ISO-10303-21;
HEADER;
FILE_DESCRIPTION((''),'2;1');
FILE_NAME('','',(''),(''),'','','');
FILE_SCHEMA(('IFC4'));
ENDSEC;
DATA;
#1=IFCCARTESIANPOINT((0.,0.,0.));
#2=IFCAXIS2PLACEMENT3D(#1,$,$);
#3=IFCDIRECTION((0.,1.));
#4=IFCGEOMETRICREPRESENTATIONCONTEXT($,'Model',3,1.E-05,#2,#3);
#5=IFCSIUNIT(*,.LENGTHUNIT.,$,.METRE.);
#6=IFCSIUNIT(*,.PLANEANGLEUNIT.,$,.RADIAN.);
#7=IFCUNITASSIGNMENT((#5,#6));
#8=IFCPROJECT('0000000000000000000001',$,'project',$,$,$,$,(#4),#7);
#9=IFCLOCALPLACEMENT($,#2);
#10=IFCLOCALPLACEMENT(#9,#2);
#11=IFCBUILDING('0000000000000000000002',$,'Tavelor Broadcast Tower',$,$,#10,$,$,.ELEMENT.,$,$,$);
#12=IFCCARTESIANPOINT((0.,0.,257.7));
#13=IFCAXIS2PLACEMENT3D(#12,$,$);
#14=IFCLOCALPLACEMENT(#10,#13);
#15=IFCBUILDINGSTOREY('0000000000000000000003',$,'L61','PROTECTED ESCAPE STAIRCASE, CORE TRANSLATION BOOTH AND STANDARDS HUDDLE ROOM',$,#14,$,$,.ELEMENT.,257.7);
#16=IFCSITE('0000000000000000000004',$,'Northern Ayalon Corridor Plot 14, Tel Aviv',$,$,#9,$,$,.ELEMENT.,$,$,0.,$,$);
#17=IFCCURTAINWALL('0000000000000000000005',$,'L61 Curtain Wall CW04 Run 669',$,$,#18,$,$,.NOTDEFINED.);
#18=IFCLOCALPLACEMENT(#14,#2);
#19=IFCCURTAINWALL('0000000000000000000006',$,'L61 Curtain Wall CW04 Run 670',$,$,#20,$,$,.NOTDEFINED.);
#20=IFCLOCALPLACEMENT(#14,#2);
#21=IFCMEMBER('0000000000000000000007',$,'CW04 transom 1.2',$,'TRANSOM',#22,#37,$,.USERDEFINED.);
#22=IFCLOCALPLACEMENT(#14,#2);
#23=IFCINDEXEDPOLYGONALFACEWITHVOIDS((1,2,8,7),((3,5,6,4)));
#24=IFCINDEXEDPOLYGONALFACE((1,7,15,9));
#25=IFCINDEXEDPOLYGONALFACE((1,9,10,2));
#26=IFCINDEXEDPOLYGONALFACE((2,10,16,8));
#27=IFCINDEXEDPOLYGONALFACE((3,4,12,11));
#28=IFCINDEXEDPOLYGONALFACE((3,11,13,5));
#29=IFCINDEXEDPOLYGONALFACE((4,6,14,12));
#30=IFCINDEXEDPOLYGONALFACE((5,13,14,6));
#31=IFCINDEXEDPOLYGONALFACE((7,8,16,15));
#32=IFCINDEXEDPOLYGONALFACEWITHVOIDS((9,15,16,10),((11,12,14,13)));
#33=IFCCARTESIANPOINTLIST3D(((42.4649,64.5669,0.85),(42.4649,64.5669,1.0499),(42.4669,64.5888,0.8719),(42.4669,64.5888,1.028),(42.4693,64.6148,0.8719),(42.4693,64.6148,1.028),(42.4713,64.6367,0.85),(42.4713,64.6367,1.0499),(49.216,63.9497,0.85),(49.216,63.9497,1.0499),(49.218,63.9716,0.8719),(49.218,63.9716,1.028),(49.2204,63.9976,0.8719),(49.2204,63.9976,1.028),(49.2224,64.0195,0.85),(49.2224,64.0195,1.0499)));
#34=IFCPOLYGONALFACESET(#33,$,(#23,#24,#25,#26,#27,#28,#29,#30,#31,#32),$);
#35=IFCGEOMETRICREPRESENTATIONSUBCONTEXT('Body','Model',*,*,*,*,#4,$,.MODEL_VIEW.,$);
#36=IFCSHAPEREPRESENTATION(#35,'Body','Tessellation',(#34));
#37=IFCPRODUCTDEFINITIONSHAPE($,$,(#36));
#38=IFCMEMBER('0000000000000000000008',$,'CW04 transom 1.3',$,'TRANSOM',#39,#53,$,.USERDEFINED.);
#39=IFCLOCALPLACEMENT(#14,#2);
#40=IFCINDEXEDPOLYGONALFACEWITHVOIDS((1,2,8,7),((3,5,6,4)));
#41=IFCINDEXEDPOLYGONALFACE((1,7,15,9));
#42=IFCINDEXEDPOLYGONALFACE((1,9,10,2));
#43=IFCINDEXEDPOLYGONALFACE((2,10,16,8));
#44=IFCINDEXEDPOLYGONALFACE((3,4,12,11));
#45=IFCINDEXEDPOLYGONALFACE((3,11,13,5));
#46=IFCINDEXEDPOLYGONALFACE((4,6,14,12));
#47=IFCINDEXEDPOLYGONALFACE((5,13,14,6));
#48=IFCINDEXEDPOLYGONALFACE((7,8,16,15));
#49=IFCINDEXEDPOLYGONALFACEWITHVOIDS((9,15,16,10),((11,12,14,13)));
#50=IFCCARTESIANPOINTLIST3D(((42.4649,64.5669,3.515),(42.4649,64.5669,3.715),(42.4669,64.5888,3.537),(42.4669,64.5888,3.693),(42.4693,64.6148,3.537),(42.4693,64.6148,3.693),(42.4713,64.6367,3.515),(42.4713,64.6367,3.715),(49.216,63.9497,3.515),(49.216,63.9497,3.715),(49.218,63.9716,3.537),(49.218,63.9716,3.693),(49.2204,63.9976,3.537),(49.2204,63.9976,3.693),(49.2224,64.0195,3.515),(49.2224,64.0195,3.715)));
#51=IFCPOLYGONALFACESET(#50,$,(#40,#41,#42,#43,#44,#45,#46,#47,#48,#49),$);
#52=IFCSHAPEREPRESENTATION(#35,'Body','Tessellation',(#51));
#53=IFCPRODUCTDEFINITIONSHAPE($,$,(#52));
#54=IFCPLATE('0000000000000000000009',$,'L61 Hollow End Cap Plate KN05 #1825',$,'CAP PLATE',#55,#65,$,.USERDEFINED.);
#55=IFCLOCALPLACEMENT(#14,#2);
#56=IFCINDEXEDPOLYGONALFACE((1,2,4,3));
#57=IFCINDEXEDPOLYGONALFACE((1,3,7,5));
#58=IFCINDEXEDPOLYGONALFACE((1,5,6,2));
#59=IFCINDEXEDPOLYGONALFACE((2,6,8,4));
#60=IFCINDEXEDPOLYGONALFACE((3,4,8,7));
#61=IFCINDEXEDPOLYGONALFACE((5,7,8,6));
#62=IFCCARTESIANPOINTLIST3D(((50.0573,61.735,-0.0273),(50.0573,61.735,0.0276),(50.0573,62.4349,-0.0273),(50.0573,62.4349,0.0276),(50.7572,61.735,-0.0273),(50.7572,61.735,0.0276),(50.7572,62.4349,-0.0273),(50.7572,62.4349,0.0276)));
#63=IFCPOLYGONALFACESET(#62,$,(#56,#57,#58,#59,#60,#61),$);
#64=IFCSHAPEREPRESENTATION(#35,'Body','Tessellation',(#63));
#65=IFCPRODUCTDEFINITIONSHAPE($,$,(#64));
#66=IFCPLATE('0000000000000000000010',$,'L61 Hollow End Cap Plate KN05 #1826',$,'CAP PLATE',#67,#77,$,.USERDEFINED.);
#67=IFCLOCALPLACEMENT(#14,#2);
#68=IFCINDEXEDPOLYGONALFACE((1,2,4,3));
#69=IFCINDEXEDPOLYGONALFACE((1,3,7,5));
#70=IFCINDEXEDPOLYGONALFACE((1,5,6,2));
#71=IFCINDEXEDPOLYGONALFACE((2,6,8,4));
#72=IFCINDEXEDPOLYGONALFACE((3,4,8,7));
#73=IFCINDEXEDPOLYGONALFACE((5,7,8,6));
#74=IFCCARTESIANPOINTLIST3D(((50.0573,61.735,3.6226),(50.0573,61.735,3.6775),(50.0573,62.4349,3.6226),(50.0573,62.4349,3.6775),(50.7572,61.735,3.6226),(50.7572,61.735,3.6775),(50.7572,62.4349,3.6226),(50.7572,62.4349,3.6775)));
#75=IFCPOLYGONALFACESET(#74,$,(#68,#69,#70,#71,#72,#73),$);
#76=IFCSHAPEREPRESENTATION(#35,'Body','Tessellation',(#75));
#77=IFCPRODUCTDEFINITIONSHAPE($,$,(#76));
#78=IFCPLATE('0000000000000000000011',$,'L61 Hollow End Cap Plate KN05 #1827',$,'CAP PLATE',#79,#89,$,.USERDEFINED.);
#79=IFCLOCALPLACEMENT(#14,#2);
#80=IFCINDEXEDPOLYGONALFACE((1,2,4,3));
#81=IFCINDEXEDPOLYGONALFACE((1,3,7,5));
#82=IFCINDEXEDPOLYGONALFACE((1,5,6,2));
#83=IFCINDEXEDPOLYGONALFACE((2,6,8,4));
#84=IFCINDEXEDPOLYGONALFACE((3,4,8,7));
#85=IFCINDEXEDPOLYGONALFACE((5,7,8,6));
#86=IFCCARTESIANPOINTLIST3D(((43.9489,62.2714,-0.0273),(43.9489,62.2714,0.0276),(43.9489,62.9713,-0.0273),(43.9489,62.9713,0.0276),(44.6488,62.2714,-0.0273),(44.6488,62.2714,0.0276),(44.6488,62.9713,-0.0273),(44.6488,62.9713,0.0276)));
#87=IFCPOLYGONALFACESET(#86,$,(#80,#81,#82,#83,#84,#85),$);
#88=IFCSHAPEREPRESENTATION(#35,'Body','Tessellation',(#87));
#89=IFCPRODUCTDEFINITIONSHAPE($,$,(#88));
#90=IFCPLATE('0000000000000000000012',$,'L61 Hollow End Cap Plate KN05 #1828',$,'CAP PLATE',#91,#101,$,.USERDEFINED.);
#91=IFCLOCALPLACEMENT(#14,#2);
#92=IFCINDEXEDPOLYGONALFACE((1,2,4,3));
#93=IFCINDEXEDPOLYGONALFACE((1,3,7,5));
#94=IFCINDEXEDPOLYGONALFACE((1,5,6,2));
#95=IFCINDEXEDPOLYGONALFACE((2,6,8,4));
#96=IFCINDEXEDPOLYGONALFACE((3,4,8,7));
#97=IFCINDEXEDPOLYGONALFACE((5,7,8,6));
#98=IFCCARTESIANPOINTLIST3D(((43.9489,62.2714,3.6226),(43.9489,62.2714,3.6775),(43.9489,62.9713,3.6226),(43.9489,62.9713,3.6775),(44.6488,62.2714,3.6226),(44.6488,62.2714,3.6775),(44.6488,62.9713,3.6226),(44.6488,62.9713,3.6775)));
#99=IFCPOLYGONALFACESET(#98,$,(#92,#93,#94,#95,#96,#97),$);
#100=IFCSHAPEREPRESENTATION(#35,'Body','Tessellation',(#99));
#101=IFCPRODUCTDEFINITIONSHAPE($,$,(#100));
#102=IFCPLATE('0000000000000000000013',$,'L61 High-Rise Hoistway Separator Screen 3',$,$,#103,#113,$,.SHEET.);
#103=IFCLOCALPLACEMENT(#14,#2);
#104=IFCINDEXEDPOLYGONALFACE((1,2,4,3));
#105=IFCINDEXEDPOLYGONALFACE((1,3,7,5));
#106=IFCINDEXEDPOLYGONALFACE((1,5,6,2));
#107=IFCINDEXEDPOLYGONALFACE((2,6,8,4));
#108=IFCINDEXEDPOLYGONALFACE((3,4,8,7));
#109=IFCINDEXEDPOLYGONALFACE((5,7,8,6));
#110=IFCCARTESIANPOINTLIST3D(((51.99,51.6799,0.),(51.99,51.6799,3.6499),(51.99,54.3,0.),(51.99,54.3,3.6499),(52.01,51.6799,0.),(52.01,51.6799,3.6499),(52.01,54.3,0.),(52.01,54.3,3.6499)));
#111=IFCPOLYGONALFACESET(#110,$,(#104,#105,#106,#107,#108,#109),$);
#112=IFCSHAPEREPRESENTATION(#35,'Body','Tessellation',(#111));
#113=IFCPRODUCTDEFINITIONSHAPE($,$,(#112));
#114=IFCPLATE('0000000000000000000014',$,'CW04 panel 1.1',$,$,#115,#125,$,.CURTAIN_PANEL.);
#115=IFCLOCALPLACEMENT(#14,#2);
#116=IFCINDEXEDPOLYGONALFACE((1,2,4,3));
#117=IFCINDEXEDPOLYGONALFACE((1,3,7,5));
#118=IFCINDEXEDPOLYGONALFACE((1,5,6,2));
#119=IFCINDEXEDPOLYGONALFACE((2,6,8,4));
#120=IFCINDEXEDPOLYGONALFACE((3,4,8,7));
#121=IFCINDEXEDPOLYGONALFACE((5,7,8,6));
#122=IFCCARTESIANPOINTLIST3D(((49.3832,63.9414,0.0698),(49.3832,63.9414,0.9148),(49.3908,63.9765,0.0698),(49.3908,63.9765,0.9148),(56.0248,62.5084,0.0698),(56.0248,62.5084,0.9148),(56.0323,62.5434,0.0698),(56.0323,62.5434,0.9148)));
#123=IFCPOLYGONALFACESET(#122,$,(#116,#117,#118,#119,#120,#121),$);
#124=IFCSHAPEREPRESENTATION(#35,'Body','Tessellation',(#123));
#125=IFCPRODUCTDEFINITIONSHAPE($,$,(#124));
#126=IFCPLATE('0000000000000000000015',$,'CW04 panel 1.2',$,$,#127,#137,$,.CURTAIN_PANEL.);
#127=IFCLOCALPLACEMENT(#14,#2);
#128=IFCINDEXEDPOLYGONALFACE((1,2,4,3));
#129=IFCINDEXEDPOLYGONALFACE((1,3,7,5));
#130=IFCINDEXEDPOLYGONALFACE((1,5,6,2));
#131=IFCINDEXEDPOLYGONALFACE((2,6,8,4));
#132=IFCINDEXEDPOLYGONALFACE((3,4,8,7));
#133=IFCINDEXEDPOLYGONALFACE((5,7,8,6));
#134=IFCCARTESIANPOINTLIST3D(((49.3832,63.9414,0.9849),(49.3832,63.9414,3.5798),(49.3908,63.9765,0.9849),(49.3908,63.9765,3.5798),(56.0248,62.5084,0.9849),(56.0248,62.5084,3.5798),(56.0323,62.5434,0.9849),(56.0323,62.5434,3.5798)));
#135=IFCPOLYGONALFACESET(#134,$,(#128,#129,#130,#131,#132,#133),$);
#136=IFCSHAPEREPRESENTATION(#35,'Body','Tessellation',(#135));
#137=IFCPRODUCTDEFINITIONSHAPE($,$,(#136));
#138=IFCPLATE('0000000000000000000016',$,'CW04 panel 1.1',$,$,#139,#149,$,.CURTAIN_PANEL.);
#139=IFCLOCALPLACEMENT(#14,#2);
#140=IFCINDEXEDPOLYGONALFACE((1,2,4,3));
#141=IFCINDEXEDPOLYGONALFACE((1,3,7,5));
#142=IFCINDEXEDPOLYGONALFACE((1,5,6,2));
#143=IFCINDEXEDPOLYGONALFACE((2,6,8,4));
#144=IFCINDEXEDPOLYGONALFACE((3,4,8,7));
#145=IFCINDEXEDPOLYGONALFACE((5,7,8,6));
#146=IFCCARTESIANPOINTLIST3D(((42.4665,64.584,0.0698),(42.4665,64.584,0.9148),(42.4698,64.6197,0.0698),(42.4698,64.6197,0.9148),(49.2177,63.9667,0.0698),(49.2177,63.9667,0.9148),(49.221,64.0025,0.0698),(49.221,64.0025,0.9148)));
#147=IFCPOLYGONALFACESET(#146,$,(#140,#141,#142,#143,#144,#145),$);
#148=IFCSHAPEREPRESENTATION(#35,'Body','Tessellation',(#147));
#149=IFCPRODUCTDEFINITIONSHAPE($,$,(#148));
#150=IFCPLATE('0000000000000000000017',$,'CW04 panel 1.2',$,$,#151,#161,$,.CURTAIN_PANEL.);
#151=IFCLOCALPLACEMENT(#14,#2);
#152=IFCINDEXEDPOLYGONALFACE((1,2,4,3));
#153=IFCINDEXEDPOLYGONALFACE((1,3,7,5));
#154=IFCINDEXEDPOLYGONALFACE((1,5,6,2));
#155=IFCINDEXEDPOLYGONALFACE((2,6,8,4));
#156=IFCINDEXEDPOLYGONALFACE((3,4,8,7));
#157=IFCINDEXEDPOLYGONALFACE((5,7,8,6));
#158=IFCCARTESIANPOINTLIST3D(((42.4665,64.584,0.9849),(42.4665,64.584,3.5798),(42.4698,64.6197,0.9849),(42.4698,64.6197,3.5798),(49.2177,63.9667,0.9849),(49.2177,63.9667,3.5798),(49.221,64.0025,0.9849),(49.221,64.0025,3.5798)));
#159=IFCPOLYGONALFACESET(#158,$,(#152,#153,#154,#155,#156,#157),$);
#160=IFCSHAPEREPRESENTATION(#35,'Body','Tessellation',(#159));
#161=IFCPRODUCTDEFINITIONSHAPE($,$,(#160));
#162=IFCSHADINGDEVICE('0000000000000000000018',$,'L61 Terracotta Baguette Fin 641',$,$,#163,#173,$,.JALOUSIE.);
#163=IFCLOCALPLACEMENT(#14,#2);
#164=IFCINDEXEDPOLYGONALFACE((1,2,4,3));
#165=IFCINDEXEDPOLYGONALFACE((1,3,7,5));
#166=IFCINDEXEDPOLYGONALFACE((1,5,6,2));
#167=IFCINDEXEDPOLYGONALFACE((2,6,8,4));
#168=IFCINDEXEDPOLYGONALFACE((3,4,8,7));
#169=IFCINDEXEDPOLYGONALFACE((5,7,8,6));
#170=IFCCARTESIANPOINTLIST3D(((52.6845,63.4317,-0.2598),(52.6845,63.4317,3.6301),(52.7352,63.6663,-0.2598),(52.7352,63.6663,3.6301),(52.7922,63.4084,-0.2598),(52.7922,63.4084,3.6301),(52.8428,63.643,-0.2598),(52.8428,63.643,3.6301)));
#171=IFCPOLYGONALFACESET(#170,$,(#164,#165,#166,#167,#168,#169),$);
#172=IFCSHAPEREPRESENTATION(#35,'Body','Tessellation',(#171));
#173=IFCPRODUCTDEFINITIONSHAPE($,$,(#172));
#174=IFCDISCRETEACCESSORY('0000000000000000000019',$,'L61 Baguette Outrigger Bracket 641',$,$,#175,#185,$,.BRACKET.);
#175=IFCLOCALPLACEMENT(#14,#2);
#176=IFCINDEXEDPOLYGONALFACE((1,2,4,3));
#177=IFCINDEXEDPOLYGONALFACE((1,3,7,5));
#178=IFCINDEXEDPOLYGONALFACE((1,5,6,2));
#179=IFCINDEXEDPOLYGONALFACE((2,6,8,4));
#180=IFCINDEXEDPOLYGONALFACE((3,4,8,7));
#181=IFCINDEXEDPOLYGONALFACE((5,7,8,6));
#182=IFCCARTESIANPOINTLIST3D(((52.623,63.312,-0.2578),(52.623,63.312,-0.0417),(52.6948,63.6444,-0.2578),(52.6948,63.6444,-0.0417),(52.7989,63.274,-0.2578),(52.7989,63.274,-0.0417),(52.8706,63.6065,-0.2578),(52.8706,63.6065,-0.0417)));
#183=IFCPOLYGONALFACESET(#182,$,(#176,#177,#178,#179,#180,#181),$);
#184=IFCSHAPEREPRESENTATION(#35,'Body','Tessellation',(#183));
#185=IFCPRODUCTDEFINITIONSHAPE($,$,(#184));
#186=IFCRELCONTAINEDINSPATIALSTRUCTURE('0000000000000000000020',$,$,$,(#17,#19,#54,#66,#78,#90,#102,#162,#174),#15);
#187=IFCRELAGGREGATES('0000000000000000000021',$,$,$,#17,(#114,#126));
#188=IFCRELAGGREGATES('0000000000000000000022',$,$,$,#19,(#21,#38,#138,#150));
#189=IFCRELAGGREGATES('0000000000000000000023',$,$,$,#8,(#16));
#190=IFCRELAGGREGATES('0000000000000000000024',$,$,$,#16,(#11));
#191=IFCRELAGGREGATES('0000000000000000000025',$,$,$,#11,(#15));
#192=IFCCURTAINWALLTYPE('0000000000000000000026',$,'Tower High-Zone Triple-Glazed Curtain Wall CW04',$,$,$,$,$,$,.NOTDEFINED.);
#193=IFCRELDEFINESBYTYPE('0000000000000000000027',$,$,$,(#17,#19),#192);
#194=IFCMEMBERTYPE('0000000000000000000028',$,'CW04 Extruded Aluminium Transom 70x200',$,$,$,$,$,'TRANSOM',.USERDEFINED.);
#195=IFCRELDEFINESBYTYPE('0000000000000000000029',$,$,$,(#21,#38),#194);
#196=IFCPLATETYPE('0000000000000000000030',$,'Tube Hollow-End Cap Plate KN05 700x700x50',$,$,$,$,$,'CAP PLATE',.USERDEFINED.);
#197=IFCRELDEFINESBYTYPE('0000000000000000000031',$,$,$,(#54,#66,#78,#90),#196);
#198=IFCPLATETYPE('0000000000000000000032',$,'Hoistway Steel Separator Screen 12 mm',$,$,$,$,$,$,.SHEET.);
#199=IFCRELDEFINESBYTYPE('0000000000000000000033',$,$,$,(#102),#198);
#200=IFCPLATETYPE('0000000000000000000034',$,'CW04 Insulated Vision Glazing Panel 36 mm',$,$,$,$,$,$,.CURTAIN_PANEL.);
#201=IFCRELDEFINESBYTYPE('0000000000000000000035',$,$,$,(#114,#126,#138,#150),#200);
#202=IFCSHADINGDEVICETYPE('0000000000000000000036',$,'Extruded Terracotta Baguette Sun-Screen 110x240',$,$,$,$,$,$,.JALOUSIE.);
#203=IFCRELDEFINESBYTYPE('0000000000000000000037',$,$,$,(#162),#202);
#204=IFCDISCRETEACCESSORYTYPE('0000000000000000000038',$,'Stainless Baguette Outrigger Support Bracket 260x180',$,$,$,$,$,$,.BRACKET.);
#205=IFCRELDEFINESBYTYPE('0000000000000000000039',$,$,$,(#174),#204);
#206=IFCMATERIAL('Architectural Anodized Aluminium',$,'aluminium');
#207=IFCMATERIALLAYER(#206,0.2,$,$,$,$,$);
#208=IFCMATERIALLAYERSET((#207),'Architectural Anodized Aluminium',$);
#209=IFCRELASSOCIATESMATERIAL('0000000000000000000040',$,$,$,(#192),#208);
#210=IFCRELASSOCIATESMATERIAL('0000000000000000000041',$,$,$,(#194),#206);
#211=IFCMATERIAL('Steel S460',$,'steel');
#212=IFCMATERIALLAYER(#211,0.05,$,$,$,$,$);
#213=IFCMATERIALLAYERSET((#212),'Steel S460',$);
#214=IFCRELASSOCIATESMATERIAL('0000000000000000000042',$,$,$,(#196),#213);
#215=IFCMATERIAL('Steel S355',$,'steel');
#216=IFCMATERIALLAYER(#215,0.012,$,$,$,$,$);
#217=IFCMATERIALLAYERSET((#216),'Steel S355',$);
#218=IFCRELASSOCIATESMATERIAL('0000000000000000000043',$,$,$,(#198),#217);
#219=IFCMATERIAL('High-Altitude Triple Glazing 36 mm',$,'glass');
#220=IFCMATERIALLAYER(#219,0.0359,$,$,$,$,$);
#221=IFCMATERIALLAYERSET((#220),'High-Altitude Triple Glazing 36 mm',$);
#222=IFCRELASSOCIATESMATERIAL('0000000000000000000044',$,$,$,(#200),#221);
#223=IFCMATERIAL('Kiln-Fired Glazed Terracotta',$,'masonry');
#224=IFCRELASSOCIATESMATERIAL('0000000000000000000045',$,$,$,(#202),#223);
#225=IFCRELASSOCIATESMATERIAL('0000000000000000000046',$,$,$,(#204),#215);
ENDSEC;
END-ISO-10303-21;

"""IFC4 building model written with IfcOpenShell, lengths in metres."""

from ifc_helpers import new_model, si_unit, direction, frame, origin, origin_2d, place, context, subcontext, project, spatial, rectangle, hollow_rectangle, extrude, source, transform, mapped, material, layer, layer_set, material_profile, profile_set, type_object, type_shapes, element, aggregate, save


model = new_model("IFC4")

# Units and contexts
model_context = context("Model", 3, precision=1e-05, world=origin(), true_north=direction((0.0, 1.0)))
body_context = subcontext(model_context, "Body", "Model", "MODEL_VIEW")
ifc_project = project(units=[si_unit("LENGTHUNIT", "METRE"), si_unit("PLANEANGLEUNIT", "RADIAN")], contexts=[model_context])

# Site, building, storey
site_placement = place(None, origin())
site = spatial("IfcSite", under=ifc_project, at=site_placement, Name="Northern Ayalon Corridor Plot 14, Tel Aviv", CompositionType="ELEMENT", RefElevation=0.0)
building_placement = place(site_placement, origin())
building = spatial("IfcBuilding", under=site, at=building_placement, Name="Tavelor Broadcast Tower", CompositionType="ELEMENT")
storey_placement = place(building_placement, frame((0.0, 0.0, 257.7)))
storey = spatial("IfcBuildingStorey", under=building, at=storey_placement, Name="L61", Description="PROTECTED ESCAPE STAIRCASE, CORE TRANSLATION BOOTH AND STANDARDS HUDDLE ROOM", CompositionType="ELEMENT", Elevation=257.7)

# Shared definitions
ifc_material_1 = material(Name="Steel S460", Category="steel")

# Shared definitions
ifc_material_2 = material(Name="Steel S355", Category="steel")

# Curtain wall
ifc_material_3 = material(Name="Architectural Anodized Aluminium", Category="aluminium")
ifc_layer_1 = layer(ifc_material_3, 0.2)
ifc_layer_set_1 = layer_set([ifc_layer_1], Name="Architectural Anodized Aluminium")
curtain_wall_type = type_object("IfcCurtainWallType", Name="Tower High-Zone Triple-Glazed Curtain Wall CW04", PredefinedType="NOTDEFINED", material=ifc_layer_set_1)
curtain_wall_1_placement = place(storey_placement, origin())
curtain_wall_1 = element("IfcCurtainWall", 1, at=curtain_wall_1_placement, inside=storey, type_object=curtain_wall_type, Name="L61 Curtain Wall CW04 Run 669", PredefinedType="NOTDEFINED")

# Curtain wall, members
curtain_wall_2_placement = place(storey_placement, origin())
curtain_wall_2 = element("IfcCurtainWall", 2, at=curtain_wall_2_placement, inside=storey, type_object=curtain_wall_type, Name="L61 Curtain Wall CW04 Run 670", PredefinedType="NOTDEFINED")
ifc_material_profile_1 = material_profile(ifc_material_3, hollow_rectangle(XDim=0.0701, YDim=0.2, WallThickness=0.022, at=origin_2d()), Name="RHS 70x200x22")
ifc_profile_set_1 = profile_set([ifc_material_profile_1], Name="Architectural Anodized Aluminium")
member_type_1 = type_object("IfcMemberType", Name="CW04 Extruded Aluminium Transom 70x200", ElementType="TRANSOM", PredefinedType="USERDEFINED", material=ifc_profile_set_1)
shared_shape_1 = source(origin(), body_context, "Body", "SweptSolid", [
    extrude(hollow_rectangle(XDim=0.0701, YDim=0.2, WallThickness=0.022, at=origin_2d()), origin(), (0.0, 0.0, 1.0), 6.7793),
])
type_shapes(member_type_1, [shared_shape_1])
member_1_placement = place(storey_placement, frame((49.2192, 63.9846, 0.95), z_axis=(-0.995847, 0.091039, 0.0), x_axis=(-0.091039, -0.995847, 0.0)))
member_1 = element("IfcMember", 3, at=member_1_placement, type_object=member_type_1, Name="CW04 transom 1.2", ObjectType="TRANSOM", PredefinedType="USERDEFINED", context=body_context, shape_type="MappedRepresentation", body=[
    mapped(shared_shape_1, transform((0.0, 0.0, 0.0), scale=1.0)),
])
member_2_placement = place(storey_placement, frame((49.2192, 63.9846, 3.615), z_axis=(-0.995847, 0.091039, 0.0), x_axis=(-0.091039, -0.995847, 0.0)))
member_2 = element("IfcMember", 4, at=member_2_placement, type_object=member_type_1, Name="CW04 transom 1.3", ObjectType="TRANSOM", PredefinedType="USERDEFINED", context=body_context, shape_type="MappedRepresentation", body=[
    mapped(shared_shape_1, transform((0.0, 0.0, 0.0), scale=1.0)),
])

# Plates
ifc_layer_2 = layer(ifc_material_1, 0.05)
ifc_layer_set_2 = layer_set([ifc_layer_2], Name="Steel S460")
plate_type_1 = type_object("IfcPlateType", Name="Tube Hollow-End Cap Plate KN05 700x700x50", ElementType="CAP PLATE", PredefinedType="USERDEFINED", material=ifc_layer_set_2)
shared_shape_2 = source(origin(), body_context, "Body", "SweptSolid", [
    extrude(rectangle(XDim=0.7, YDim=0.7, at=origin_2d()), origin(), (0.0, 0.0, 1.0), 0.0549),
])
type_shapes(plate_type_1, [shared_shape_2])
for number, where, z_axis, x_axis, name in (
    (5, (50.4072, 62.085, -0.0273), (0.0, 0.0, 1.0), (1.0, 0.0, 0.0), "L61 Hollow End Cap Plate KN05 #1825"),
    (6, (50.4072, 62.085, 3.6226), (0.0, 0.0, 1.0), (1.0, 0.0, 0.0), "L61 Hollow End Cap Plate KN05 #1826"),
    (7, (44.2988, 62.6213, -0.0273), (0.0, 0.0, 1.0), (1.0, 0.0, 0.0), "L61 Hollow End Cap Plate KN05 #1827"),
    (8, (44.2988, 62.6213, 3.6226), (0.0, 0.0, 1.0), (1.0, 0.0, 0.0), "L61 Hollow End Cap Plate KN05 #1828"),
):
    element("IfcPlate", number, at=place(storey_placement, frame(where, z_axis=z_axis, x_axis=x_axis)), inside=storey, type_object=plate_type_1, Name=name, ObjectType="CAP PLATE", PredefinedType="USERDEFINED", context=body_context, shape_type="MappedRepresentation", body=[
        mapped(shared_shape_2, transform((0.0, 0.0, 0.0), scale=1.0)),
    ])
ifc_layer_3 = layer(ifc_material_2, 0.012)
ifc_layer_set_3 = layer_set([ifc_layer_3], Name="Steel S355")
plate_type_2 = type_object("IfcPlateType", Name="Hoistway Steel Separator Screen 12 mm", PredefinedType="SHEET", material=ifc_layer_set_3)
shared_shape_3 = source(origin(), body_context, "Body", "SweptSolid", [
    extrude(rectangle(XDim=0.02, YDim=2.6201, at=origin_2d()), origin(), (0.0, 0.0, 1.0), 3.6499),
])
type_shapes(plate_type_2, [shared_shape_3])
plate_1_placement = place(storey_placement, frame((52.0, 52.99, 0.0), z_axis=(0.0, 0.0, 1.0), x_axis=(1.0, 0.0, 0.0)))
element("IfcPlate", 9, at=plate_1_placement, inside=storey, type_object=plate_type_2, Name="L61 High-Rise Hoistway Separator Screen 3", PredefinedType="SHEET", context=body_context, shape_type="MappedRepresentation", body=[
    mapped(shared_shape_3, transform((0.0, 0.0, 0.0), scale=1.0)),
])

# Plates
ifc_material_4 = material(Name="High-Altitude Triple Glazing 36 mm", Category="glass")
ifc_layer_4 = layer(ifc_material_4, 0.0359)
ifc_layer_set_4 = layer_set([ifc_layer_4], Name="High-Altitude Triple Glazing 36 mm")
plate_type_3 = type_object("IfcPlateType", Name="CW04 Insulated Vision Glazing Panel 36 mm", PredefinedType="CURTAIN_PANEL", material=ifc_layer_set_4)
shared_shape_4 = source(origin(), body_context, "Body", "SweptSolid", [
    extrude(rectangle(XDim=6.7944, YDim=0.0359, at=origin_2d()), origin(), (0.0, 0.0, 1.0), 0.845),
])
plate_2_placement = place(storey_placement, frame((52.7078, 63.2424, 0.0698), z_axis=(0.0, 0.0, 1.0), x_axis=(-0.977503, 0.210919, 0.0)))
plate_2 = element("IfcPlate", 10, at=plate_2_placement, type_object=plate_type_3, Name="CW04 panel 1.1", PredefinedType="CURTAIN_PANEL", context=body_context, shape_type="MappedRepresentation", body=[
    mapped(shared_shape_4, transform((0.0, 0.0, 0.0), scale=1.0)),
])
shared_shape_5 = source(origin(), body_context, "Body", "SweptSolid", [
    extrude(rectangle(XDim=6.7944, YDim=0.0359, at=origin_2d()), origin(), (0.0, 0.0, 1.0), 2.595),
])
plate_3_placement = place(storey_placement, frame((52.7078, 63.2424, 0.9849), z_axis=(0.0, 0.0, 1.0), x_axis=(-0.977503, 0.210919, 0.0)))
plate_3 = element("IfcPlate", 11, at=plate_3_placement, type_object=plate_type_3, Name="CW04 panel 1.2", PredefinedType="CURTAIN_PANEL", context=body_context, shape_type="MappedRepresentation", body=[
    mapped(shared_shape_5, transform((0.0, 0.0, 0.0), scale=1.0)),
])
aggregate(curtain_wall_1, [plate_2, plate_3])
shared_shape_6 = source(origin(), body_context, "Body", "SweptSolid", [
    extrude(rectangle(XDim=6.7793, YDim=0.0359, at=origin_2d()), origin(), (0.0, 0.0, 1.0), 0.845),
])
plate_4_placement = place(storey_placement, frame((45.8438, 64.2932, 0.0698), z_axis=(0.0, 0.0, 1.0), x_axis=(-0.995846, 0.09105, 0.0)))
plate_4 = element("IfcPlate", 12, at=plate_4_placement, type_object=plate_type_3, Name="CW04 panel 1.1", PredefinedType="CURTAIN_PANEL", context=body_context, shape_type="MappedRepresentation", body=[
    mapped(shared_shape_6, transform((0.0, 0.0, 0.0), scale=1.0)),
])
shared_shape_7 = source(origin(), body_context, "Body", "SweptSolid", [
    extrude(rectangle(XDim=6.7793, YDim=0.0359, at=origin_2d()), origin(), (0.0, 0.0, 1.0), 2.595),
])
type_shapes(plate_type_3, [shared_shape_4, shared_shape_5, shared_shape_6, shared_shape_7])
plate_5_placement = place(storey_placement, frame((45.8438, 64.2932, 0.9849), z_axis=(0.0, 0.0, 1.0), x_axis=(-0.995846, 0.09105, 0.0)))
plate_5 = element("IfcPlate", 13, at=plate_5_placement, type_object=plate_type_3, Name="CW04 panel 1.2", PredefinedType="CURTAIN_PANEL", context=body_context, shape_type="MappedRepresentation", body=[
    mapped(shared_shape_7, transform((0.0, 0.0, 0.0), scale=1.0)),
])
aggregate(curtain_wall_2, [member_1, member_2, plate_4, plate_5])

# Shading device
ifc_material_5 = material(Name="Kiln-Fired Glazed Terracotta", Category="masonry")
shading_device_type = type_object("IfcShadingDeviceType", Name="Extruded Terracotta Baguette Sun-Screen 110x240", PredefinedType="JALOUSIE", material=ifc_material_5)
shared_shape_8 = source(origin(), body_context, "Body", "SweptSolid", [
    extrude(rectangle(XDim=0.1101, YDim=0.24, at=origin_2d()), origin(), (0.0, 0.0, 1.0), 3.8899),
])
type_shapes(shading_device_type, [shared_shape_8])
shading_device_placement = place(storey_placement, frame((52.7637, 63.5374, -0.2598), z_axis=(0.0, 0.0, 1.0), x_axis=(-0.97749, 0.210984, 0.0)))
element("IfcShadingDevice", 14, at=shading_device_placement, inside=storey, type_object=shading_device_type, Name="L61 Terracotta Baguette Fin 641", PredefinedType="JALOUSIE", context=body_context, shape_type="MappedRepresentation", body=[
    mapped(shared_shape_8, transform((0.0, 0.0, 0.0), scale=1.0)),
])

# Discrete accessory
discrete_accessory_type = type_object("IfcDiscreteAccessoryType", Name="Stainless Baguette Outrigger Support Bracket 260x180", PredefinedType="BRACKET", material=ifc_material_2)
shared_shape_9 = source(origin(), body_context, "Body", "SweptSolid", [
    extrude(rectangle(XDim=0.1799, YDim=0.3401, at=origin_2d()), origin(), (0.0, 0.0, 1.0), 0.2161),
])
type_shapes(discrete_accessory_type, [shared_shape_9])
discrete_accessory_placement = place(storey_placement, frame((52.7468, 63.4592, -0.2578), z_axis=(0.0, 0.0, 1.0), x_axis=(-0.97749, 0.210984, 0.0)))
element("IfcDiscreteAccessory", 15, at=discrete_accessory_placement, inside=storey, type_object=discrete_accessory_type, Name="L61 Baguette Outrigger Bracket 641", PredefinedType="BRACKET", context=body_context, shape_type="MappedRepresentation", body=[
    mapped(shared_shape_9, transform((0.0, 0.0, 0.0), scale=1.0)),
])

save(model, "model.ifc")
